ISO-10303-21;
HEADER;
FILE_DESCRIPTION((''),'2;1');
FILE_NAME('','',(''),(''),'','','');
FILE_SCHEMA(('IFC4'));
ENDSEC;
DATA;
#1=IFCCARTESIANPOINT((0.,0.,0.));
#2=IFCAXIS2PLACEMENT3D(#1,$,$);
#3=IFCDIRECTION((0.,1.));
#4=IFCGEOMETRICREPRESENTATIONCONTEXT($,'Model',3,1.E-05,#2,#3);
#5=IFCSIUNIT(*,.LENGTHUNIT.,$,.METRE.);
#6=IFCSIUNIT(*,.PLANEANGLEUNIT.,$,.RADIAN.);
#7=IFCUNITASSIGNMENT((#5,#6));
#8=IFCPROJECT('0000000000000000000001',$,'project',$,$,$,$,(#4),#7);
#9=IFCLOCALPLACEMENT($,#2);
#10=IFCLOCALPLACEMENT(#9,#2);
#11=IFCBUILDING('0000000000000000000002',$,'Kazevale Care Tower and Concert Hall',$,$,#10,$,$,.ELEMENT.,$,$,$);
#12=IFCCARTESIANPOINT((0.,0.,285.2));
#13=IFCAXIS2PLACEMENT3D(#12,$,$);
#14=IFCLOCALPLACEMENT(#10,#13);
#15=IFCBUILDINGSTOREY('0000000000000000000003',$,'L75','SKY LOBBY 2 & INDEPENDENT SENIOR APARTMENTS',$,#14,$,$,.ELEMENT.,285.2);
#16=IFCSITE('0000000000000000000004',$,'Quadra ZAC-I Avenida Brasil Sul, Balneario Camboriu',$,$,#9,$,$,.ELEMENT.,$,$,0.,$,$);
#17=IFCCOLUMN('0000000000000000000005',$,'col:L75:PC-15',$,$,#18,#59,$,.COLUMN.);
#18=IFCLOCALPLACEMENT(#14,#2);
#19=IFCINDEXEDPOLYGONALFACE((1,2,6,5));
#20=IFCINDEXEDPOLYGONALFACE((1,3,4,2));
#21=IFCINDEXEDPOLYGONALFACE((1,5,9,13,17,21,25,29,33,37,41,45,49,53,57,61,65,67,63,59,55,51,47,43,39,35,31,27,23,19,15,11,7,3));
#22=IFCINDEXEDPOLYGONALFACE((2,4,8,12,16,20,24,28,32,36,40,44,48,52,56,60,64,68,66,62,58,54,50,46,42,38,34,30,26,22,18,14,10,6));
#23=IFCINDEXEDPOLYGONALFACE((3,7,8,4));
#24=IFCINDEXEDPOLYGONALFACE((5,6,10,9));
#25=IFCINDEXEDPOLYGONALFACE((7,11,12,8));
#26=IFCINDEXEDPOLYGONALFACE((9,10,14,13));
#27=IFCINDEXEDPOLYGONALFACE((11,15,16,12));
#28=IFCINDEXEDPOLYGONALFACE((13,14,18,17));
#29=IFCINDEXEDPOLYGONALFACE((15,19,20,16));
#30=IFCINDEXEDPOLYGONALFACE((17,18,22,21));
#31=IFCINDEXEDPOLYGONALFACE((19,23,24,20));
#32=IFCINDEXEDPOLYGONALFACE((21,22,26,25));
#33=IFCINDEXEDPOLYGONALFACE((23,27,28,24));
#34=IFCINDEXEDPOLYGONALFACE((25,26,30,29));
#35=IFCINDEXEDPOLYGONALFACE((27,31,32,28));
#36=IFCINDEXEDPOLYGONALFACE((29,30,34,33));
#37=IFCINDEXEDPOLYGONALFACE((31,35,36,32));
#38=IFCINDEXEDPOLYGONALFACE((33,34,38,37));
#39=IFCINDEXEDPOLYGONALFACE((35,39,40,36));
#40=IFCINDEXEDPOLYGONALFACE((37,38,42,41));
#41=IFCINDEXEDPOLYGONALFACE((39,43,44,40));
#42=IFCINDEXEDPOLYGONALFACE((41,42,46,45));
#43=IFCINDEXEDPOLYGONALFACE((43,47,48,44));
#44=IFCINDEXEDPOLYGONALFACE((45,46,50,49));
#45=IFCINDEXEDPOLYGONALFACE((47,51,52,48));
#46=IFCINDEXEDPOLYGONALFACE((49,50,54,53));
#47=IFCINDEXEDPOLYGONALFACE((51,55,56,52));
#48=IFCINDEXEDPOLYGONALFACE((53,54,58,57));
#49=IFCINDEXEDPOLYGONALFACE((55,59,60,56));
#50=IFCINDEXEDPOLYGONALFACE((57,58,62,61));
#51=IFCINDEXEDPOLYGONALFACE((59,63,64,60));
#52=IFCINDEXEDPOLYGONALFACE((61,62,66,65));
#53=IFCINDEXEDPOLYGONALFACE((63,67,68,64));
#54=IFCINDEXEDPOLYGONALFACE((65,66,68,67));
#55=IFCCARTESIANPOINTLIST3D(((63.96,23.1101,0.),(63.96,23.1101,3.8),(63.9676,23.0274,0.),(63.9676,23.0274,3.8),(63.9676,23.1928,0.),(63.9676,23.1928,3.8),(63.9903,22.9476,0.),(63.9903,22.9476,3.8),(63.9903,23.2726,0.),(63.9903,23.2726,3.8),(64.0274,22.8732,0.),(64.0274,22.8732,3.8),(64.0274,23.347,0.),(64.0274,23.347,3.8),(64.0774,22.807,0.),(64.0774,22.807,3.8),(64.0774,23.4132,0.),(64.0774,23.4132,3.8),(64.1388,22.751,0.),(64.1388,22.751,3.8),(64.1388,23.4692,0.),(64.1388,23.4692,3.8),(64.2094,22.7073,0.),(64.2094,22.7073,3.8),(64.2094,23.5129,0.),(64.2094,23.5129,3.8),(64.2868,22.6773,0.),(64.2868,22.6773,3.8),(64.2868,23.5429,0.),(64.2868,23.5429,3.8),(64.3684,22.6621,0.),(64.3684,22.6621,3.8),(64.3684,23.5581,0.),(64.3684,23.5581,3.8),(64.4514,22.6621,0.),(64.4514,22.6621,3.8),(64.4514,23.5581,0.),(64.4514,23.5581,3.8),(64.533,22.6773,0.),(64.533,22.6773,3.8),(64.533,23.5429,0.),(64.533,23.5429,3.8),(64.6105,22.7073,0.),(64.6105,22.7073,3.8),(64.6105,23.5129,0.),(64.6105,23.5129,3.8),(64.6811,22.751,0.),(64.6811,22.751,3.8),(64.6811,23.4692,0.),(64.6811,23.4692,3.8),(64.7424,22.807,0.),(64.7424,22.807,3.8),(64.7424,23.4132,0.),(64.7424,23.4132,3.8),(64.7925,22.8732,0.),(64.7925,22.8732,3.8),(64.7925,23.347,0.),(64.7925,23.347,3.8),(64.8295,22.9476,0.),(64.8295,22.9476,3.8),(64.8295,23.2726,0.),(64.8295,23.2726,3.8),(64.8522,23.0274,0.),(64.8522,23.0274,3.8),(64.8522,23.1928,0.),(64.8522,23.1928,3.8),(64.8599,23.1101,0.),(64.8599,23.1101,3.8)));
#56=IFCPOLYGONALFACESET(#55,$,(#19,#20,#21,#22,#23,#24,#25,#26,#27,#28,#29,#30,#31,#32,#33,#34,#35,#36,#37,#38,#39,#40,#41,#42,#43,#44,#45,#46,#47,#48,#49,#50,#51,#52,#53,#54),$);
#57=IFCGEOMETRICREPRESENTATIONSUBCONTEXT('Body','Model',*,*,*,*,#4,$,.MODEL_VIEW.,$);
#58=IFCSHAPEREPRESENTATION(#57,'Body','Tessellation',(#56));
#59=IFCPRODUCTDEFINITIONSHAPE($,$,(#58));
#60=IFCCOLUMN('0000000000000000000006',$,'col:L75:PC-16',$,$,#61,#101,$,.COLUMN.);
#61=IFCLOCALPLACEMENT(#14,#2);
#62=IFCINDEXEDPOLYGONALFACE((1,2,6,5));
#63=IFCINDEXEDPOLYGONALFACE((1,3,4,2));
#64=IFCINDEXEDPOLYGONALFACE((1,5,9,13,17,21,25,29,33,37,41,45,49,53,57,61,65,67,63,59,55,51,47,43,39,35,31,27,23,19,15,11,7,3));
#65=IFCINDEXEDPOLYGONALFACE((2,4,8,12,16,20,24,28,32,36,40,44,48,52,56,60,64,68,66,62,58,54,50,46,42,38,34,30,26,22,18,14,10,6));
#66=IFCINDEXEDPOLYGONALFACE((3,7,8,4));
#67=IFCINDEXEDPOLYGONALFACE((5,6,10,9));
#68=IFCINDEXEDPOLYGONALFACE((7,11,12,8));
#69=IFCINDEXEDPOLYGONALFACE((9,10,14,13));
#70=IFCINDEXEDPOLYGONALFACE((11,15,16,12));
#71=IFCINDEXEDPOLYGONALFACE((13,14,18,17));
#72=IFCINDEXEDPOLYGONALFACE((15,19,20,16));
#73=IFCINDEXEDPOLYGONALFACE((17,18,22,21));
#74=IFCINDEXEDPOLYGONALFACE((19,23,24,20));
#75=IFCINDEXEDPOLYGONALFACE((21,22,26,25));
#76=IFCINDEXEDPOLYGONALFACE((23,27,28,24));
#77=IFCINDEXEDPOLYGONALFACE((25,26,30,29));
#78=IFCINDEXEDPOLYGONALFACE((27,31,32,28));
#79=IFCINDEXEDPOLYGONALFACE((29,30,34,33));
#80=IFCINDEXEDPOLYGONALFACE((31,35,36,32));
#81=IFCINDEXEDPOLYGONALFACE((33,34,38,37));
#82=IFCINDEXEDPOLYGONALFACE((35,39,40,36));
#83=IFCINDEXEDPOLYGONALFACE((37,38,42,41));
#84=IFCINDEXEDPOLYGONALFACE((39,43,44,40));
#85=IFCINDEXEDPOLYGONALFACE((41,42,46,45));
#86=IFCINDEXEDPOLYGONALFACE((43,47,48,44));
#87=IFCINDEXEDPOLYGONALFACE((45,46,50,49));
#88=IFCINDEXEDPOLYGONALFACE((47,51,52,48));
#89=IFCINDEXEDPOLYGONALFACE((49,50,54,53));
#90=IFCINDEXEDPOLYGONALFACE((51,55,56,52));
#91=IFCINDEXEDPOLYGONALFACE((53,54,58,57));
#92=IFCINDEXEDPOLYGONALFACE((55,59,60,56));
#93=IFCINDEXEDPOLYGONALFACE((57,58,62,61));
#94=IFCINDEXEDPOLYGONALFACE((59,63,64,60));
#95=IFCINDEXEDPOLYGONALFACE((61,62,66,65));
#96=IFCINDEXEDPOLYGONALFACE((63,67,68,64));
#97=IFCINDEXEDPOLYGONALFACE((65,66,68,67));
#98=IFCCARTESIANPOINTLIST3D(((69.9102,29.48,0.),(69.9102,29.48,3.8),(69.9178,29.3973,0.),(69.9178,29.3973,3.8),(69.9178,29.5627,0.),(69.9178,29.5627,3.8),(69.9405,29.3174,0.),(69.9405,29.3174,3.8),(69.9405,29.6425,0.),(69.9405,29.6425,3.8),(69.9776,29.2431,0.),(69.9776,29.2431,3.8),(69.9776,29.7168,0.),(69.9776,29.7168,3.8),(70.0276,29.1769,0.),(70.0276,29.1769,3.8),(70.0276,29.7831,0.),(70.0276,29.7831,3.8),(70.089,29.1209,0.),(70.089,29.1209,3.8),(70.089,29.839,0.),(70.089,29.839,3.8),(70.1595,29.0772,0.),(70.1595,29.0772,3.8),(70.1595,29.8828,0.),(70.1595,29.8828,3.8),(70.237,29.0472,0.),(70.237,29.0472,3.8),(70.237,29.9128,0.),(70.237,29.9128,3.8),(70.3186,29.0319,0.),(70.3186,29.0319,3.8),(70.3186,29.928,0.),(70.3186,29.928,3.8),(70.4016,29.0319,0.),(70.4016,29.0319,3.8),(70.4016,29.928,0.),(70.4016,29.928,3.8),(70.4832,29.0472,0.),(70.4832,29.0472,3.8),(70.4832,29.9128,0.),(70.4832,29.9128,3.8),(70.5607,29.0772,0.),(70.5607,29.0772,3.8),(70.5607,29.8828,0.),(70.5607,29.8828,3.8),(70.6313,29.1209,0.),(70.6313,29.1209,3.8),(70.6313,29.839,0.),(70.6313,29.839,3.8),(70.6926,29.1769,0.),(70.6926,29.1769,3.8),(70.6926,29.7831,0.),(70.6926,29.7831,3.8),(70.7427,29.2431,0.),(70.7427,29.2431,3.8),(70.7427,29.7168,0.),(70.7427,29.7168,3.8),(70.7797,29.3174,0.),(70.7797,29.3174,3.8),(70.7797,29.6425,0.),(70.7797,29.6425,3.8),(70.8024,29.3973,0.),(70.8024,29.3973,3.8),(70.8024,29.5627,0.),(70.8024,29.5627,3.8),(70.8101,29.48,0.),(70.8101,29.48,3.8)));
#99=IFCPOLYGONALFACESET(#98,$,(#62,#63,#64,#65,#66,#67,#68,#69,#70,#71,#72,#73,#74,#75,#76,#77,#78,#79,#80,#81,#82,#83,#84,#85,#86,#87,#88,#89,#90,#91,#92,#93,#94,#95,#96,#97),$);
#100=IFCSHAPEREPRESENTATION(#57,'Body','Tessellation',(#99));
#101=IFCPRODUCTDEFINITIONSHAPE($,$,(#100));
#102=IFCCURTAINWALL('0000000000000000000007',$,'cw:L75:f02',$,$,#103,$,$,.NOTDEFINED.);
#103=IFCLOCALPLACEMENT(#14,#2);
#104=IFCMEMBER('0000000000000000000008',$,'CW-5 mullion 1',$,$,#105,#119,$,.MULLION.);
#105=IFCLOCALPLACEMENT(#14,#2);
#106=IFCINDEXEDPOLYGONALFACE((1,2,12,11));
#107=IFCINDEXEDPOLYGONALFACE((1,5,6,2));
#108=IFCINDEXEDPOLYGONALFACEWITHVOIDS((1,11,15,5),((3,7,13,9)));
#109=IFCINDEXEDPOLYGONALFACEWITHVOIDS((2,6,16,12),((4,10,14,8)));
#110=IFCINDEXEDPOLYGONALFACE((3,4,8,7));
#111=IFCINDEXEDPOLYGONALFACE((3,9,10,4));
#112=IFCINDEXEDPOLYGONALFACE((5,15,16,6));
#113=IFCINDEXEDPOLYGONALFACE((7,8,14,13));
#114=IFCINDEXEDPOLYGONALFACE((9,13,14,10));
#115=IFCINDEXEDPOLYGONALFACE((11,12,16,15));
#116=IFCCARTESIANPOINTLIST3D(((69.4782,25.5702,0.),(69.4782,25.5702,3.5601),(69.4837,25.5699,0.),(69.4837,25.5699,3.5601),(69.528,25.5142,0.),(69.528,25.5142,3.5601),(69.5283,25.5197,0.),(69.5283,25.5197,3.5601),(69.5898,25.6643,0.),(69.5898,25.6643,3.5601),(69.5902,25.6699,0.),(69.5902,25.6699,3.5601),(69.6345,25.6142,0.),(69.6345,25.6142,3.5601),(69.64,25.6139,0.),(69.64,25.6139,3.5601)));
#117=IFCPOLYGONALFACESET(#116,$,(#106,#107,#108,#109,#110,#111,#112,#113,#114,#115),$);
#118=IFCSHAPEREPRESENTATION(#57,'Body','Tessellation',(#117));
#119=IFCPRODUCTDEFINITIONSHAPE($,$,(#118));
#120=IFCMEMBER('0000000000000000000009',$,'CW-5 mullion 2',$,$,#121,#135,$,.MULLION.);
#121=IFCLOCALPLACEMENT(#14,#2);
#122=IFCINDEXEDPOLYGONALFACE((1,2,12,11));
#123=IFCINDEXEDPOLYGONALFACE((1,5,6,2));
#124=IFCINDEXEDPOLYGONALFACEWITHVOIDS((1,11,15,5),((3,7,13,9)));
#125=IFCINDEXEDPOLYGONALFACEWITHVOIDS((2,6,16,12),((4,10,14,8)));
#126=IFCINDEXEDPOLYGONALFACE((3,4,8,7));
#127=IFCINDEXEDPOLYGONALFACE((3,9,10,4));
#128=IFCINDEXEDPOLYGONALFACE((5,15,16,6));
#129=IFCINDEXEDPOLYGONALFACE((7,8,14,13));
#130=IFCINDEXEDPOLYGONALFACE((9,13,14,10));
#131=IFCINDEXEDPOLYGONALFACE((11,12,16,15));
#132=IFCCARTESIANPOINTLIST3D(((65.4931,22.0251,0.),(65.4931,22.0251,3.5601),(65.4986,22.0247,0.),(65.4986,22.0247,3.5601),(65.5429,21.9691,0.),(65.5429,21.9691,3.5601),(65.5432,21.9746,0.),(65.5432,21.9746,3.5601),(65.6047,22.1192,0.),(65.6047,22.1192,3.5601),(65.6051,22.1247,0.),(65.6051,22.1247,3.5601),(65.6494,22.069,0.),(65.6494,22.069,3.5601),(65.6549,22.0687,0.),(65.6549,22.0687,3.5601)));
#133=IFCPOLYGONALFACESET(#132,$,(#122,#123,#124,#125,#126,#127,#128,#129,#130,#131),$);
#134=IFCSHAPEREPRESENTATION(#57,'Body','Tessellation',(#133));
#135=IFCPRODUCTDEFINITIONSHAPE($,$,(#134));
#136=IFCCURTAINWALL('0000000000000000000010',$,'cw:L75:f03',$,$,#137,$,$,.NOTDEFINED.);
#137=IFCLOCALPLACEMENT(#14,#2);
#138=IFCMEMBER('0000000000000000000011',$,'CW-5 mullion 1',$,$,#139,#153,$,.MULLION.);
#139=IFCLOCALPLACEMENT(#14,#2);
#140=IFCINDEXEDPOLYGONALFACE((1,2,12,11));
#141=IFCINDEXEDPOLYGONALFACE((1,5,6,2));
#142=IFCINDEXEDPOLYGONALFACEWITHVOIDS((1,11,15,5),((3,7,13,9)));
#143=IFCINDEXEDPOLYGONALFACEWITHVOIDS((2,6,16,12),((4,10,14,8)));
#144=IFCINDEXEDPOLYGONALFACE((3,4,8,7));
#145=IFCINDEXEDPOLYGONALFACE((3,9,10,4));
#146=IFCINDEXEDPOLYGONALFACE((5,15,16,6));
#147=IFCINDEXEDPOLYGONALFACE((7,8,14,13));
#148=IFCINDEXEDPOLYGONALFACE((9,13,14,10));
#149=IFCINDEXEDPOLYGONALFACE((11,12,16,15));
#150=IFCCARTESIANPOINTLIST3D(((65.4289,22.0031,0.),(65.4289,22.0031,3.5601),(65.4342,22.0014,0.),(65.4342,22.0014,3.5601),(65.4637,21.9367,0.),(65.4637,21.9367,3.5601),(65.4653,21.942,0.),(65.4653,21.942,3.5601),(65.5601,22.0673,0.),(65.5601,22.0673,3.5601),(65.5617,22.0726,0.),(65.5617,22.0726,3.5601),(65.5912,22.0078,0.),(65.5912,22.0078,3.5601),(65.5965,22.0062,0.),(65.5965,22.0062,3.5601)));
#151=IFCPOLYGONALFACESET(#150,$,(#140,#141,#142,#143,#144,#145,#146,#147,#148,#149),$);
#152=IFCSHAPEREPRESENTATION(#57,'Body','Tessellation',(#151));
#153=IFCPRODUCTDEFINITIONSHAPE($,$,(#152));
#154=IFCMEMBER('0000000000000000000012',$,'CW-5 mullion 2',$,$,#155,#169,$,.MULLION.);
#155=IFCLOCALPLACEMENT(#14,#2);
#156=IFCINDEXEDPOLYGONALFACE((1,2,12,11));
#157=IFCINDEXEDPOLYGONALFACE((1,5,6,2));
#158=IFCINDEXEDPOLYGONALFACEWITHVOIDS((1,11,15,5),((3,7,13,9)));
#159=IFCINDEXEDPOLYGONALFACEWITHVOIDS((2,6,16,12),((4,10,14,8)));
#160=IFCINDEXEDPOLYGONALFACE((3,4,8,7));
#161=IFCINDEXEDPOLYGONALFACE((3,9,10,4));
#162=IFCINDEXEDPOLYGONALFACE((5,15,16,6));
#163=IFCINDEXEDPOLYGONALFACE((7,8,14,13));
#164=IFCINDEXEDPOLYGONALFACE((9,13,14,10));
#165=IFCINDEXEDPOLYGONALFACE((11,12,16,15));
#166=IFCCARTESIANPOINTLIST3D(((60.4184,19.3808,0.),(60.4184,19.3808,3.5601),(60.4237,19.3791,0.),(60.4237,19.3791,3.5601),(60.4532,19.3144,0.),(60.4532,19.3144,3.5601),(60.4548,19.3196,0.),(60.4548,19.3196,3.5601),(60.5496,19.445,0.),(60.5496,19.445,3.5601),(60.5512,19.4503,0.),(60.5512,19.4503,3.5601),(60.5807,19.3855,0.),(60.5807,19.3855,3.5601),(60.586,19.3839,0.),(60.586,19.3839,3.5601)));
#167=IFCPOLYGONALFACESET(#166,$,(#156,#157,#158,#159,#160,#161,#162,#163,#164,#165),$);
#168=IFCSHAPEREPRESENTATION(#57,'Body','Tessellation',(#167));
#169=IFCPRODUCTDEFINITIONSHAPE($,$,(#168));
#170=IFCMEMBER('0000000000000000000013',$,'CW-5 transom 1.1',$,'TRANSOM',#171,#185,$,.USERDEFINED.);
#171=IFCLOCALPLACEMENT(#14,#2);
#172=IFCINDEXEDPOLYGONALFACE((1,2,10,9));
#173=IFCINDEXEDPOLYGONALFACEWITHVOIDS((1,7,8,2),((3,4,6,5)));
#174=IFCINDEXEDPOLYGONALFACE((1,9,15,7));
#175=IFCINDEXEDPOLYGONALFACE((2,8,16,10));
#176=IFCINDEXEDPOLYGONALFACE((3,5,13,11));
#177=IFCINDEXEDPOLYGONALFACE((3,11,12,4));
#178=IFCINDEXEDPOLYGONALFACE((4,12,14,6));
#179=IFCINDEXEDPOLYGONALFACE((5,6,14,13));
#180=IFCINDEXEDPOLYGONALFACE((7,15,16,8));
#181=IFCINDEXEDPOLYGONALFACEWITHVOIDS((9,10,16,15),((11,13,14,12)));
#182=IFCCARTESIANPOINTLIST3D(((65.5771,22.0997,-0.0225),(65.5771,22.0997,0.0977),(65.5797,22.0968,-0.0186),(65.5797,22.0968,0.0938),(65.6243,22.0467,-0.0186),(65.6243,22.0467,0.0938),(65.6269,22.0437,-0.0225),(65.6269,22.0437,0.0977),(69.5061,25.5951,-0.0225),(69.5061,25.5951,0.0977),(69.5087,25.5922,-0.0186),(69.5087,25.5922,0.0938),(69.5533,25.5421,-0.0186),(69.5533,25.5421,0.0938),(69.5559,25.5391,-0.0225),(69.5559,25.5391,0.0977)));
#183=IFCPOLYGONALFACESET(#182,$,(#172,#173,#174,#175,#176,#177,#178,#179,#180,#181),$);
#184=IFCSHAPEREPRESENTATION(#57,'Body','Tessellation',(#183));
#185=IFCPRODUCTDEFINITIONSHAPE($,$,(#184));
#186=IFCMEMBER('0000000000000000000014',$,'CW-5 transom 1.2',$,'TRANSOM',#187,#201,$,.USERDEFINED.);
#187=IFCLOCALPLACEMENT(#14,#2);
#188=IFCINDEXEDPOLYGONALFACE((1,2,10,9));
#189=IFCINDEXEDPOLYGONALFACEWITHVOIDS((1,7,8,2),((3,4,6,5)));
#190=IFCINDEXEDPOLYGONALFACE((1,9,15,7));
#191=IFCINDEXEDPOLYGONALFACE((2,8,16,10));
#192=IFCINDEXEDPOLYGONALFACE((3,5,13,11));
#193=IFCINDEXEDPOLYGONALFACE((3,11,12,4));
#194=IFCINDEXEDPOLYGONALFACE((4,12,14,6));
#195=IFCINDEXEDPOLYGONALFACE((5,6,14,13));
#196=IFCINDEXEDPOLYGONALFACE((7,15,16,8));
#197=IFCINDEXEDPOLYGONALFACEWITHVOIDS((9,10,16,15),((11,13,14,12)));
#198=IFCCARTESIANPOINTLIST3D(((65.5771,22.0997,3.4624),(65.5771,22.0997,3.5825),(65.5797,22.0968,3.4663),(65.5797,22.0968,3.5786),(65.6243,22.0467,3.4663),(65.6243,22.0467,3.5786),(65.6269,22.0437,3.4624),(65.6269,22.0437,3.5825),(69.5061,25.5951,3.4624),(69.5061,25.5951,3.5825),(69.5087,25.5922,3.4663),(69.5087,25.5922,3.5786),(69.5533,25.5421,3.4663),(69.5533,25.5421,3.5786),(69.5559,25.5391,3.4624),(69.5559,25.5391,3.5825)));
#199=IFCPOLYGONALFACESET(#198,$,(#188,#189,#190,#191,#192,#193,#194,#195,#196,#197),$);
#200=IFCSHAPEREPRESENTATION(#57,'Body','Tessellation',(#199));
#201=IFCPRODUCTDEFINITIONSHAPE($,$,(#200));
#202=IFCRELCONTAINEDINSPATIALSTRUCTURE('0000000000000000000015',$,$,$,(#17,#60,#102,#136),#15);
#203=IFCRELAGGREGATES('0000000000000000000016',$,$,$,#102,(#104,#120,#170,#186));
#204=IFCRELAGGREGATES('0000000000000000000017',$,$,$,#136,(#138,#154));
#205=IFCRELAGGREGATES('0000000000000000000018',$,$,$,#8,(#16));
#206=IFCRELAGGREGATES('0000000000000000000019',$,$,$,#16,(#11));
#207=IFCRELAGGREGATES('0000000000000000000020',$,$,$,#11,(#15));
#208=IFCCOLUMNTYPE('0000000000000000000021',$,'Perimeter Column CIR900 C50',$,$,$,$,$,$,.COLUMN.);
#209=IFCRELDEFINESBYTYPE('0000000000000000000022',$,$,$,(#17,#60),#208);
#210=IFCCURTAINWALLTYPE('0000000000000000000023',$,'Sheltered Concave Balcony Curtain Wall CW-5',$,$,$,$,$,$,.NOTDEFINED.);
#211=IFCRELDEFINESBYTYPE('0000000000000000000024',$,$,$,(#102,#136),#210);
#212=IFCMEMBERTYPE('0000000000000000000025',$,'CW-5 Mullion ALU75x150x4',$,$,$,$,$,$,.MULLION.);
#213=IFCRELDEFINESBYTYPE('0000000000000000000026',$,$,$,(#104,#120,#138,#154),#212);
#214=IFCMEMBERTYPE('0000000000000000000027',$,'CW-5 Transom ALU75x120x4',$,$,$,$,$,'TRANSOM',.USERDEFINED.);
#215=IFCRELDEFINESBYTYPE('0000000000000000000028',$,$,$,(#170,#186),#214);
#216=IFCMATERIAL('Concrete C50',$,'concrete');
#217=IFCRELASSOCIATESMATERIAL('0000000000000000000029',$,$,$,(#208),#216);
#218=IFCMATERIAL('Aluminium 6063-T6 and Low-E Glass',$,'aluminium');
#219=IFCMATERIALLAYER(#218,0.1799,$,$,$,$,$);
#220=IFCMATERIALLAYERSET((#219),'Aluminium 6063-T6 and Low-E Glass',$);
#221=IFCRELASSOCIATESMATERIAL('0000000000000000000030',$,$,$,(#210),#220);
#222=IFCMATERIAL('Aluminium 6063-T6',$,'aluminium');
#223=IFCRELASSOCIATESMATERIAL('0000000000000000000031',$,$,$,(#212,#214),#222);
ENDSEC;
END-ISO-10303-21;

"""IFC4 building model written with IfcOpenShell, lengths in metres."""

from ifc_helpers import new_model, si_unit, direction, frame, origin, origin_2d, place, context, subcontext, project, spatial, hollow_rectangle, circle, extrude, material, layer, layer_set, material_profile, profile_set, type_object, element, aggregate, save


model = new_model("IFC4")

# Units and contexts
model_context = context("Model", 3, precision=1e-05, world=origin(), true_north=direction((0.0, 1.0)))
body_context = subcontext(model_context, "Body", "Model", "MODEL_VIEW")
ifc_project = project(units=[si_unit("LENGTHUNIT", "METRE"), si_unit("PLANEANGLEUNIT", "RADIAN")], contexts=[model_context])

# Site, building, storey
site_placement = place(None, origin())
site = spatial("IfcSite", under=ifc_project, at=site_placement, Name="Quadra ZAC-I Avenida Brasil Sul, Balneario Camboriu", CompositionType="ELEMENT", RefElevation=0.0)
building_placement = place(site_placement, origin())
building = spatial("IfcBuilding", under=site, at=building_placement, Name="Kazevale Care Tower and Concert Hall", CompositionType="ELEMENT")
storey_placement = place(building_placement, frame((0.0, 0.0, 285.2)))
storey = spatial("IfcBuildingStorey", under=building, at=storey_placement, Name="L75", Description="SKY LOBBY 2 & INDEPENDENT SENIOR APARTMENTS", CompositionType="ELEMENT", Elevation=285.2)

# Columns
ifc_material_1 = material(Name="Concrete C50", Category="concrete")
ifc_material_profile_1 = material_profile(ifc_material_1, circle(Radius=0.45, at=origin_2d()), Name="RC-CIR900")
ifc_profile_set_1 = profile_set([ifc_material_profile_1], Name="Concrete C50")
column_type = type_object("IfcColumnType", Name="Perimeter Column CIR900 C50", PredefinedType="COLUMN", material=ifc_profile_set_1)
for number, where, z_axis, x_axis, name in (
    (1, (64.4099, 23.1101, 0.0), (0.0, 0.0, 1.0), (1.0, 0.0, 0.0), "col:L75:PC-15"),
    (2, (70.3601, 29.48, 0.0), (0.0, 0.0, 1.0), (1.0, 0.0, 0.0), "col:L75:PC-16"),
):
    element("IfcColumn", number, at=place(storey_placement, frame(where, z_axis=z_axis, x_axis=x_axis)), inside=storey, type_object=column_type, Name=name, PredefinedType="COLUMN", context=body_context, shape_type="SweptSolid", body=[
        extrude(circle(Radius=0.45, at=origin_2d()), origin(), (0.0, 0.0, 1.0), 3.8),
    ])

# Curtain walls, members
ifc_material_2 = material(Name="Aluminium 6063-T6 and Low-E Glass", Category="aluminium")
ifc_layer_1 = layer(ifc_material_2, 0.1799)
ifc_layer_set_1 = layer_set([ifc_layer_1], Name="Aluminium 6063-T6 and Low-E Glass")
curtain_wall_type = type_object("IfcCurtainWallType", Name="Sheltered Concave Balcony Curtain Wall CW-5", PredefinedType="NOTDEFINED", material=ifc_layer_set_1)
curtain_wall_1_placement = place(storey_placement, origin())
curtain_wall_1 = element("IfcCurtainWall", 3, at=curtain_wall_1_placement, inside=storey, type_object=curtain_wall_type, Name="cw:L75:f02", PredefinedType="NOTDEFINED")
ifc_material_3 = material(Name="Aluminium 6063-T6", Category="aluminium")
ifc_material_profile_2 = material_profile(ifc_material_3, hollow_rectangle(XDim=0.075, YDim=0.1499, WallThickness=0.0039, at=origin_2d()), Name="ALU75x150x4")
ifc_profile_set_2 = profile_set([ifc_material_profile_2], Name="Aluminium 6063-T6")
member_type_1 = type_object("IfcMemberType", Name="CW-5 Mullion ALU75x150x4", PredefinedType="MULLION", material=ifc_profile_set_2)
member_1_placement = place(storey_placement, frame((69.5591, 25.592, 0.0), z_axis=(0.0, 0.0, 1.0), x_axis=(0.664674, -0.747134, 0.0)))
member_1 = element("IfcMember", 4, at=member_1_placement, type_object=member_type_1, Name="CW-5 mullion 1", PredefinedType="MULLION", context=body_context, shape_type="SweptSolid", body=[
    extrude(hollow_rectangle(XDim=0.075, YDim=0.1499, WallThickness=0.0039, at=origin_2d()), origin(), (0.0, 0.0, 1.0), 3.5601),
])
member_2_placement = place(storey_placement, frame((65.574, 22.0469, 0.0), z_axis=(0.0, 0.0, 1.0), x_axis=(0.664674, -0.747134, 0.0)))
member_2 = element("IfcMember", 5, at=member_2_placement, type_object=member_type_1, Name="CW-5 mullion 2", PredefinedType="MULLION", context=body_context, shape_type="SweptSolid", body=[
    extrude(hollow_rectangle(XDim=0.075, YDim=0.1499, WallThickness=0.0039, at=origin_2d()), origin(), (0.0, 0.0, 1.0), 3.5601),
])
curtain_wall_2_placement = place(storey_placement, origin())
curtain_wall_2 = element("IfcCurtainWall", 6, at=curtain_wall_2_placement, inside=storey, type_object=curtain_wall_type, Name="cw:L75:f03", PredefinedType="NOTDEFINED")
member_3_placement = place(storey_placement, frame((65.5127, 22.0046, 0.0), z_axis=(0.0, 0.0, 1.0), x_axis=(0.463681, -0.886002, 0.0)))
member_3 = element("IfcMember", 7, at=member_3_placement, type_object=member_type_1, Name="CW-5 mullion 1", PredefinedType="MULLION", context=body_context, shape_type="SweptSolid", body=[
    extrude(hollow_rectangle(XDim=0.075, YDim=0.1499, WallThickness=0.0039, at=origin_2d()), origin(), (0.0, 0.0, 1.0), 3.5601),
])
member_4_placement = place(storey_placement, frame((60.5022, 19.3823, 0.0), z_axis=(0.0, 0.0, 1.0), x_axis=(0.463681, -0.886002, 0.0)))
member_4 = element("IfcMember", 8, at=member_4_placement, type_object=member_type_1, Name="CW-5 mullion 2", PredefinedType="MULLION", context=body_context, shape_type="SweptSolid", body=[
    extrude(hollow_rectangle(XDim=0.075, YDim=0.1499, WallThickness=0.0039, at=origin_2d()), origin(), (0.0, 0.0, 1.0), 3.5601),
])

# Members
ifc_material_profile_3 = material_profile(ifc_material_3, hollow_rectangle(XDim=0.075, YDim=0.1201, WallThickness=0.0039, at=origin_2d()), Name="ALU75x120x4")
ifc_profile_set_3 = profile_set([ifc_material_profile_3], Name="Aluminium 6063-T6")
member_type_2 = type_object("IfcMemberType", Name="CW-5 Transom ALU75x120x4", ElementType="TRANSOM", PredefinedType="USERDEFINED", material=ifc_profile_set_3)
member_5_placement = place(storey_placement, frame((69.531, 25.5671, 0.0376), z_axis=(-0.74713, -0.664678, 0.0), x_axis=(0.664678, -0.74713, 0.0)))
member_5 = element("IfcMember", 9, at=member_5_placement, type_object=member_type_2, Name="CW-5 transom 1.1", ObjectType="TRANSOM", PredefinedType="USERDEFINED", context=body_context, shape_type="SweptSolid", body=[
    extrude(hollow_rectangle(XDim=0.075, YDim=0.1201, WallThickness=0.0039, at=origin_2d()), origin(), (0.0, 0.0, 1.0), 5.2588),
])
member_6_placement = place(storey_placement, frame((69.531, 25.5671, 3.5225), z_axis=(-0.74713, -0.664678, 0.0), x_axis=(0.664678, -0.74713, 0.0)))
member_6 = element("IfcMember", 10, at=member_6_placement, type_object=member_type_2, Name="CW-5 transom 1.2", ObjectType="TRANSOM", PredefinedType="USERDEFINED", context=body_context, shape_type="SweptSolid", body=[
    extrude(hollow_rectangle(XDim=0.075, YDim=0.1201, WallThickness=0.0039, at=origin_2d()), origin(), (0.0, 0.0, 1.0), 5.2588),
])

aggregate(curtain_wall_1, [member_1, member_2, member_5, member_6])
aggregate(curtain_wall_2, [member_3, member_4])

save(model, "model.ifc")
